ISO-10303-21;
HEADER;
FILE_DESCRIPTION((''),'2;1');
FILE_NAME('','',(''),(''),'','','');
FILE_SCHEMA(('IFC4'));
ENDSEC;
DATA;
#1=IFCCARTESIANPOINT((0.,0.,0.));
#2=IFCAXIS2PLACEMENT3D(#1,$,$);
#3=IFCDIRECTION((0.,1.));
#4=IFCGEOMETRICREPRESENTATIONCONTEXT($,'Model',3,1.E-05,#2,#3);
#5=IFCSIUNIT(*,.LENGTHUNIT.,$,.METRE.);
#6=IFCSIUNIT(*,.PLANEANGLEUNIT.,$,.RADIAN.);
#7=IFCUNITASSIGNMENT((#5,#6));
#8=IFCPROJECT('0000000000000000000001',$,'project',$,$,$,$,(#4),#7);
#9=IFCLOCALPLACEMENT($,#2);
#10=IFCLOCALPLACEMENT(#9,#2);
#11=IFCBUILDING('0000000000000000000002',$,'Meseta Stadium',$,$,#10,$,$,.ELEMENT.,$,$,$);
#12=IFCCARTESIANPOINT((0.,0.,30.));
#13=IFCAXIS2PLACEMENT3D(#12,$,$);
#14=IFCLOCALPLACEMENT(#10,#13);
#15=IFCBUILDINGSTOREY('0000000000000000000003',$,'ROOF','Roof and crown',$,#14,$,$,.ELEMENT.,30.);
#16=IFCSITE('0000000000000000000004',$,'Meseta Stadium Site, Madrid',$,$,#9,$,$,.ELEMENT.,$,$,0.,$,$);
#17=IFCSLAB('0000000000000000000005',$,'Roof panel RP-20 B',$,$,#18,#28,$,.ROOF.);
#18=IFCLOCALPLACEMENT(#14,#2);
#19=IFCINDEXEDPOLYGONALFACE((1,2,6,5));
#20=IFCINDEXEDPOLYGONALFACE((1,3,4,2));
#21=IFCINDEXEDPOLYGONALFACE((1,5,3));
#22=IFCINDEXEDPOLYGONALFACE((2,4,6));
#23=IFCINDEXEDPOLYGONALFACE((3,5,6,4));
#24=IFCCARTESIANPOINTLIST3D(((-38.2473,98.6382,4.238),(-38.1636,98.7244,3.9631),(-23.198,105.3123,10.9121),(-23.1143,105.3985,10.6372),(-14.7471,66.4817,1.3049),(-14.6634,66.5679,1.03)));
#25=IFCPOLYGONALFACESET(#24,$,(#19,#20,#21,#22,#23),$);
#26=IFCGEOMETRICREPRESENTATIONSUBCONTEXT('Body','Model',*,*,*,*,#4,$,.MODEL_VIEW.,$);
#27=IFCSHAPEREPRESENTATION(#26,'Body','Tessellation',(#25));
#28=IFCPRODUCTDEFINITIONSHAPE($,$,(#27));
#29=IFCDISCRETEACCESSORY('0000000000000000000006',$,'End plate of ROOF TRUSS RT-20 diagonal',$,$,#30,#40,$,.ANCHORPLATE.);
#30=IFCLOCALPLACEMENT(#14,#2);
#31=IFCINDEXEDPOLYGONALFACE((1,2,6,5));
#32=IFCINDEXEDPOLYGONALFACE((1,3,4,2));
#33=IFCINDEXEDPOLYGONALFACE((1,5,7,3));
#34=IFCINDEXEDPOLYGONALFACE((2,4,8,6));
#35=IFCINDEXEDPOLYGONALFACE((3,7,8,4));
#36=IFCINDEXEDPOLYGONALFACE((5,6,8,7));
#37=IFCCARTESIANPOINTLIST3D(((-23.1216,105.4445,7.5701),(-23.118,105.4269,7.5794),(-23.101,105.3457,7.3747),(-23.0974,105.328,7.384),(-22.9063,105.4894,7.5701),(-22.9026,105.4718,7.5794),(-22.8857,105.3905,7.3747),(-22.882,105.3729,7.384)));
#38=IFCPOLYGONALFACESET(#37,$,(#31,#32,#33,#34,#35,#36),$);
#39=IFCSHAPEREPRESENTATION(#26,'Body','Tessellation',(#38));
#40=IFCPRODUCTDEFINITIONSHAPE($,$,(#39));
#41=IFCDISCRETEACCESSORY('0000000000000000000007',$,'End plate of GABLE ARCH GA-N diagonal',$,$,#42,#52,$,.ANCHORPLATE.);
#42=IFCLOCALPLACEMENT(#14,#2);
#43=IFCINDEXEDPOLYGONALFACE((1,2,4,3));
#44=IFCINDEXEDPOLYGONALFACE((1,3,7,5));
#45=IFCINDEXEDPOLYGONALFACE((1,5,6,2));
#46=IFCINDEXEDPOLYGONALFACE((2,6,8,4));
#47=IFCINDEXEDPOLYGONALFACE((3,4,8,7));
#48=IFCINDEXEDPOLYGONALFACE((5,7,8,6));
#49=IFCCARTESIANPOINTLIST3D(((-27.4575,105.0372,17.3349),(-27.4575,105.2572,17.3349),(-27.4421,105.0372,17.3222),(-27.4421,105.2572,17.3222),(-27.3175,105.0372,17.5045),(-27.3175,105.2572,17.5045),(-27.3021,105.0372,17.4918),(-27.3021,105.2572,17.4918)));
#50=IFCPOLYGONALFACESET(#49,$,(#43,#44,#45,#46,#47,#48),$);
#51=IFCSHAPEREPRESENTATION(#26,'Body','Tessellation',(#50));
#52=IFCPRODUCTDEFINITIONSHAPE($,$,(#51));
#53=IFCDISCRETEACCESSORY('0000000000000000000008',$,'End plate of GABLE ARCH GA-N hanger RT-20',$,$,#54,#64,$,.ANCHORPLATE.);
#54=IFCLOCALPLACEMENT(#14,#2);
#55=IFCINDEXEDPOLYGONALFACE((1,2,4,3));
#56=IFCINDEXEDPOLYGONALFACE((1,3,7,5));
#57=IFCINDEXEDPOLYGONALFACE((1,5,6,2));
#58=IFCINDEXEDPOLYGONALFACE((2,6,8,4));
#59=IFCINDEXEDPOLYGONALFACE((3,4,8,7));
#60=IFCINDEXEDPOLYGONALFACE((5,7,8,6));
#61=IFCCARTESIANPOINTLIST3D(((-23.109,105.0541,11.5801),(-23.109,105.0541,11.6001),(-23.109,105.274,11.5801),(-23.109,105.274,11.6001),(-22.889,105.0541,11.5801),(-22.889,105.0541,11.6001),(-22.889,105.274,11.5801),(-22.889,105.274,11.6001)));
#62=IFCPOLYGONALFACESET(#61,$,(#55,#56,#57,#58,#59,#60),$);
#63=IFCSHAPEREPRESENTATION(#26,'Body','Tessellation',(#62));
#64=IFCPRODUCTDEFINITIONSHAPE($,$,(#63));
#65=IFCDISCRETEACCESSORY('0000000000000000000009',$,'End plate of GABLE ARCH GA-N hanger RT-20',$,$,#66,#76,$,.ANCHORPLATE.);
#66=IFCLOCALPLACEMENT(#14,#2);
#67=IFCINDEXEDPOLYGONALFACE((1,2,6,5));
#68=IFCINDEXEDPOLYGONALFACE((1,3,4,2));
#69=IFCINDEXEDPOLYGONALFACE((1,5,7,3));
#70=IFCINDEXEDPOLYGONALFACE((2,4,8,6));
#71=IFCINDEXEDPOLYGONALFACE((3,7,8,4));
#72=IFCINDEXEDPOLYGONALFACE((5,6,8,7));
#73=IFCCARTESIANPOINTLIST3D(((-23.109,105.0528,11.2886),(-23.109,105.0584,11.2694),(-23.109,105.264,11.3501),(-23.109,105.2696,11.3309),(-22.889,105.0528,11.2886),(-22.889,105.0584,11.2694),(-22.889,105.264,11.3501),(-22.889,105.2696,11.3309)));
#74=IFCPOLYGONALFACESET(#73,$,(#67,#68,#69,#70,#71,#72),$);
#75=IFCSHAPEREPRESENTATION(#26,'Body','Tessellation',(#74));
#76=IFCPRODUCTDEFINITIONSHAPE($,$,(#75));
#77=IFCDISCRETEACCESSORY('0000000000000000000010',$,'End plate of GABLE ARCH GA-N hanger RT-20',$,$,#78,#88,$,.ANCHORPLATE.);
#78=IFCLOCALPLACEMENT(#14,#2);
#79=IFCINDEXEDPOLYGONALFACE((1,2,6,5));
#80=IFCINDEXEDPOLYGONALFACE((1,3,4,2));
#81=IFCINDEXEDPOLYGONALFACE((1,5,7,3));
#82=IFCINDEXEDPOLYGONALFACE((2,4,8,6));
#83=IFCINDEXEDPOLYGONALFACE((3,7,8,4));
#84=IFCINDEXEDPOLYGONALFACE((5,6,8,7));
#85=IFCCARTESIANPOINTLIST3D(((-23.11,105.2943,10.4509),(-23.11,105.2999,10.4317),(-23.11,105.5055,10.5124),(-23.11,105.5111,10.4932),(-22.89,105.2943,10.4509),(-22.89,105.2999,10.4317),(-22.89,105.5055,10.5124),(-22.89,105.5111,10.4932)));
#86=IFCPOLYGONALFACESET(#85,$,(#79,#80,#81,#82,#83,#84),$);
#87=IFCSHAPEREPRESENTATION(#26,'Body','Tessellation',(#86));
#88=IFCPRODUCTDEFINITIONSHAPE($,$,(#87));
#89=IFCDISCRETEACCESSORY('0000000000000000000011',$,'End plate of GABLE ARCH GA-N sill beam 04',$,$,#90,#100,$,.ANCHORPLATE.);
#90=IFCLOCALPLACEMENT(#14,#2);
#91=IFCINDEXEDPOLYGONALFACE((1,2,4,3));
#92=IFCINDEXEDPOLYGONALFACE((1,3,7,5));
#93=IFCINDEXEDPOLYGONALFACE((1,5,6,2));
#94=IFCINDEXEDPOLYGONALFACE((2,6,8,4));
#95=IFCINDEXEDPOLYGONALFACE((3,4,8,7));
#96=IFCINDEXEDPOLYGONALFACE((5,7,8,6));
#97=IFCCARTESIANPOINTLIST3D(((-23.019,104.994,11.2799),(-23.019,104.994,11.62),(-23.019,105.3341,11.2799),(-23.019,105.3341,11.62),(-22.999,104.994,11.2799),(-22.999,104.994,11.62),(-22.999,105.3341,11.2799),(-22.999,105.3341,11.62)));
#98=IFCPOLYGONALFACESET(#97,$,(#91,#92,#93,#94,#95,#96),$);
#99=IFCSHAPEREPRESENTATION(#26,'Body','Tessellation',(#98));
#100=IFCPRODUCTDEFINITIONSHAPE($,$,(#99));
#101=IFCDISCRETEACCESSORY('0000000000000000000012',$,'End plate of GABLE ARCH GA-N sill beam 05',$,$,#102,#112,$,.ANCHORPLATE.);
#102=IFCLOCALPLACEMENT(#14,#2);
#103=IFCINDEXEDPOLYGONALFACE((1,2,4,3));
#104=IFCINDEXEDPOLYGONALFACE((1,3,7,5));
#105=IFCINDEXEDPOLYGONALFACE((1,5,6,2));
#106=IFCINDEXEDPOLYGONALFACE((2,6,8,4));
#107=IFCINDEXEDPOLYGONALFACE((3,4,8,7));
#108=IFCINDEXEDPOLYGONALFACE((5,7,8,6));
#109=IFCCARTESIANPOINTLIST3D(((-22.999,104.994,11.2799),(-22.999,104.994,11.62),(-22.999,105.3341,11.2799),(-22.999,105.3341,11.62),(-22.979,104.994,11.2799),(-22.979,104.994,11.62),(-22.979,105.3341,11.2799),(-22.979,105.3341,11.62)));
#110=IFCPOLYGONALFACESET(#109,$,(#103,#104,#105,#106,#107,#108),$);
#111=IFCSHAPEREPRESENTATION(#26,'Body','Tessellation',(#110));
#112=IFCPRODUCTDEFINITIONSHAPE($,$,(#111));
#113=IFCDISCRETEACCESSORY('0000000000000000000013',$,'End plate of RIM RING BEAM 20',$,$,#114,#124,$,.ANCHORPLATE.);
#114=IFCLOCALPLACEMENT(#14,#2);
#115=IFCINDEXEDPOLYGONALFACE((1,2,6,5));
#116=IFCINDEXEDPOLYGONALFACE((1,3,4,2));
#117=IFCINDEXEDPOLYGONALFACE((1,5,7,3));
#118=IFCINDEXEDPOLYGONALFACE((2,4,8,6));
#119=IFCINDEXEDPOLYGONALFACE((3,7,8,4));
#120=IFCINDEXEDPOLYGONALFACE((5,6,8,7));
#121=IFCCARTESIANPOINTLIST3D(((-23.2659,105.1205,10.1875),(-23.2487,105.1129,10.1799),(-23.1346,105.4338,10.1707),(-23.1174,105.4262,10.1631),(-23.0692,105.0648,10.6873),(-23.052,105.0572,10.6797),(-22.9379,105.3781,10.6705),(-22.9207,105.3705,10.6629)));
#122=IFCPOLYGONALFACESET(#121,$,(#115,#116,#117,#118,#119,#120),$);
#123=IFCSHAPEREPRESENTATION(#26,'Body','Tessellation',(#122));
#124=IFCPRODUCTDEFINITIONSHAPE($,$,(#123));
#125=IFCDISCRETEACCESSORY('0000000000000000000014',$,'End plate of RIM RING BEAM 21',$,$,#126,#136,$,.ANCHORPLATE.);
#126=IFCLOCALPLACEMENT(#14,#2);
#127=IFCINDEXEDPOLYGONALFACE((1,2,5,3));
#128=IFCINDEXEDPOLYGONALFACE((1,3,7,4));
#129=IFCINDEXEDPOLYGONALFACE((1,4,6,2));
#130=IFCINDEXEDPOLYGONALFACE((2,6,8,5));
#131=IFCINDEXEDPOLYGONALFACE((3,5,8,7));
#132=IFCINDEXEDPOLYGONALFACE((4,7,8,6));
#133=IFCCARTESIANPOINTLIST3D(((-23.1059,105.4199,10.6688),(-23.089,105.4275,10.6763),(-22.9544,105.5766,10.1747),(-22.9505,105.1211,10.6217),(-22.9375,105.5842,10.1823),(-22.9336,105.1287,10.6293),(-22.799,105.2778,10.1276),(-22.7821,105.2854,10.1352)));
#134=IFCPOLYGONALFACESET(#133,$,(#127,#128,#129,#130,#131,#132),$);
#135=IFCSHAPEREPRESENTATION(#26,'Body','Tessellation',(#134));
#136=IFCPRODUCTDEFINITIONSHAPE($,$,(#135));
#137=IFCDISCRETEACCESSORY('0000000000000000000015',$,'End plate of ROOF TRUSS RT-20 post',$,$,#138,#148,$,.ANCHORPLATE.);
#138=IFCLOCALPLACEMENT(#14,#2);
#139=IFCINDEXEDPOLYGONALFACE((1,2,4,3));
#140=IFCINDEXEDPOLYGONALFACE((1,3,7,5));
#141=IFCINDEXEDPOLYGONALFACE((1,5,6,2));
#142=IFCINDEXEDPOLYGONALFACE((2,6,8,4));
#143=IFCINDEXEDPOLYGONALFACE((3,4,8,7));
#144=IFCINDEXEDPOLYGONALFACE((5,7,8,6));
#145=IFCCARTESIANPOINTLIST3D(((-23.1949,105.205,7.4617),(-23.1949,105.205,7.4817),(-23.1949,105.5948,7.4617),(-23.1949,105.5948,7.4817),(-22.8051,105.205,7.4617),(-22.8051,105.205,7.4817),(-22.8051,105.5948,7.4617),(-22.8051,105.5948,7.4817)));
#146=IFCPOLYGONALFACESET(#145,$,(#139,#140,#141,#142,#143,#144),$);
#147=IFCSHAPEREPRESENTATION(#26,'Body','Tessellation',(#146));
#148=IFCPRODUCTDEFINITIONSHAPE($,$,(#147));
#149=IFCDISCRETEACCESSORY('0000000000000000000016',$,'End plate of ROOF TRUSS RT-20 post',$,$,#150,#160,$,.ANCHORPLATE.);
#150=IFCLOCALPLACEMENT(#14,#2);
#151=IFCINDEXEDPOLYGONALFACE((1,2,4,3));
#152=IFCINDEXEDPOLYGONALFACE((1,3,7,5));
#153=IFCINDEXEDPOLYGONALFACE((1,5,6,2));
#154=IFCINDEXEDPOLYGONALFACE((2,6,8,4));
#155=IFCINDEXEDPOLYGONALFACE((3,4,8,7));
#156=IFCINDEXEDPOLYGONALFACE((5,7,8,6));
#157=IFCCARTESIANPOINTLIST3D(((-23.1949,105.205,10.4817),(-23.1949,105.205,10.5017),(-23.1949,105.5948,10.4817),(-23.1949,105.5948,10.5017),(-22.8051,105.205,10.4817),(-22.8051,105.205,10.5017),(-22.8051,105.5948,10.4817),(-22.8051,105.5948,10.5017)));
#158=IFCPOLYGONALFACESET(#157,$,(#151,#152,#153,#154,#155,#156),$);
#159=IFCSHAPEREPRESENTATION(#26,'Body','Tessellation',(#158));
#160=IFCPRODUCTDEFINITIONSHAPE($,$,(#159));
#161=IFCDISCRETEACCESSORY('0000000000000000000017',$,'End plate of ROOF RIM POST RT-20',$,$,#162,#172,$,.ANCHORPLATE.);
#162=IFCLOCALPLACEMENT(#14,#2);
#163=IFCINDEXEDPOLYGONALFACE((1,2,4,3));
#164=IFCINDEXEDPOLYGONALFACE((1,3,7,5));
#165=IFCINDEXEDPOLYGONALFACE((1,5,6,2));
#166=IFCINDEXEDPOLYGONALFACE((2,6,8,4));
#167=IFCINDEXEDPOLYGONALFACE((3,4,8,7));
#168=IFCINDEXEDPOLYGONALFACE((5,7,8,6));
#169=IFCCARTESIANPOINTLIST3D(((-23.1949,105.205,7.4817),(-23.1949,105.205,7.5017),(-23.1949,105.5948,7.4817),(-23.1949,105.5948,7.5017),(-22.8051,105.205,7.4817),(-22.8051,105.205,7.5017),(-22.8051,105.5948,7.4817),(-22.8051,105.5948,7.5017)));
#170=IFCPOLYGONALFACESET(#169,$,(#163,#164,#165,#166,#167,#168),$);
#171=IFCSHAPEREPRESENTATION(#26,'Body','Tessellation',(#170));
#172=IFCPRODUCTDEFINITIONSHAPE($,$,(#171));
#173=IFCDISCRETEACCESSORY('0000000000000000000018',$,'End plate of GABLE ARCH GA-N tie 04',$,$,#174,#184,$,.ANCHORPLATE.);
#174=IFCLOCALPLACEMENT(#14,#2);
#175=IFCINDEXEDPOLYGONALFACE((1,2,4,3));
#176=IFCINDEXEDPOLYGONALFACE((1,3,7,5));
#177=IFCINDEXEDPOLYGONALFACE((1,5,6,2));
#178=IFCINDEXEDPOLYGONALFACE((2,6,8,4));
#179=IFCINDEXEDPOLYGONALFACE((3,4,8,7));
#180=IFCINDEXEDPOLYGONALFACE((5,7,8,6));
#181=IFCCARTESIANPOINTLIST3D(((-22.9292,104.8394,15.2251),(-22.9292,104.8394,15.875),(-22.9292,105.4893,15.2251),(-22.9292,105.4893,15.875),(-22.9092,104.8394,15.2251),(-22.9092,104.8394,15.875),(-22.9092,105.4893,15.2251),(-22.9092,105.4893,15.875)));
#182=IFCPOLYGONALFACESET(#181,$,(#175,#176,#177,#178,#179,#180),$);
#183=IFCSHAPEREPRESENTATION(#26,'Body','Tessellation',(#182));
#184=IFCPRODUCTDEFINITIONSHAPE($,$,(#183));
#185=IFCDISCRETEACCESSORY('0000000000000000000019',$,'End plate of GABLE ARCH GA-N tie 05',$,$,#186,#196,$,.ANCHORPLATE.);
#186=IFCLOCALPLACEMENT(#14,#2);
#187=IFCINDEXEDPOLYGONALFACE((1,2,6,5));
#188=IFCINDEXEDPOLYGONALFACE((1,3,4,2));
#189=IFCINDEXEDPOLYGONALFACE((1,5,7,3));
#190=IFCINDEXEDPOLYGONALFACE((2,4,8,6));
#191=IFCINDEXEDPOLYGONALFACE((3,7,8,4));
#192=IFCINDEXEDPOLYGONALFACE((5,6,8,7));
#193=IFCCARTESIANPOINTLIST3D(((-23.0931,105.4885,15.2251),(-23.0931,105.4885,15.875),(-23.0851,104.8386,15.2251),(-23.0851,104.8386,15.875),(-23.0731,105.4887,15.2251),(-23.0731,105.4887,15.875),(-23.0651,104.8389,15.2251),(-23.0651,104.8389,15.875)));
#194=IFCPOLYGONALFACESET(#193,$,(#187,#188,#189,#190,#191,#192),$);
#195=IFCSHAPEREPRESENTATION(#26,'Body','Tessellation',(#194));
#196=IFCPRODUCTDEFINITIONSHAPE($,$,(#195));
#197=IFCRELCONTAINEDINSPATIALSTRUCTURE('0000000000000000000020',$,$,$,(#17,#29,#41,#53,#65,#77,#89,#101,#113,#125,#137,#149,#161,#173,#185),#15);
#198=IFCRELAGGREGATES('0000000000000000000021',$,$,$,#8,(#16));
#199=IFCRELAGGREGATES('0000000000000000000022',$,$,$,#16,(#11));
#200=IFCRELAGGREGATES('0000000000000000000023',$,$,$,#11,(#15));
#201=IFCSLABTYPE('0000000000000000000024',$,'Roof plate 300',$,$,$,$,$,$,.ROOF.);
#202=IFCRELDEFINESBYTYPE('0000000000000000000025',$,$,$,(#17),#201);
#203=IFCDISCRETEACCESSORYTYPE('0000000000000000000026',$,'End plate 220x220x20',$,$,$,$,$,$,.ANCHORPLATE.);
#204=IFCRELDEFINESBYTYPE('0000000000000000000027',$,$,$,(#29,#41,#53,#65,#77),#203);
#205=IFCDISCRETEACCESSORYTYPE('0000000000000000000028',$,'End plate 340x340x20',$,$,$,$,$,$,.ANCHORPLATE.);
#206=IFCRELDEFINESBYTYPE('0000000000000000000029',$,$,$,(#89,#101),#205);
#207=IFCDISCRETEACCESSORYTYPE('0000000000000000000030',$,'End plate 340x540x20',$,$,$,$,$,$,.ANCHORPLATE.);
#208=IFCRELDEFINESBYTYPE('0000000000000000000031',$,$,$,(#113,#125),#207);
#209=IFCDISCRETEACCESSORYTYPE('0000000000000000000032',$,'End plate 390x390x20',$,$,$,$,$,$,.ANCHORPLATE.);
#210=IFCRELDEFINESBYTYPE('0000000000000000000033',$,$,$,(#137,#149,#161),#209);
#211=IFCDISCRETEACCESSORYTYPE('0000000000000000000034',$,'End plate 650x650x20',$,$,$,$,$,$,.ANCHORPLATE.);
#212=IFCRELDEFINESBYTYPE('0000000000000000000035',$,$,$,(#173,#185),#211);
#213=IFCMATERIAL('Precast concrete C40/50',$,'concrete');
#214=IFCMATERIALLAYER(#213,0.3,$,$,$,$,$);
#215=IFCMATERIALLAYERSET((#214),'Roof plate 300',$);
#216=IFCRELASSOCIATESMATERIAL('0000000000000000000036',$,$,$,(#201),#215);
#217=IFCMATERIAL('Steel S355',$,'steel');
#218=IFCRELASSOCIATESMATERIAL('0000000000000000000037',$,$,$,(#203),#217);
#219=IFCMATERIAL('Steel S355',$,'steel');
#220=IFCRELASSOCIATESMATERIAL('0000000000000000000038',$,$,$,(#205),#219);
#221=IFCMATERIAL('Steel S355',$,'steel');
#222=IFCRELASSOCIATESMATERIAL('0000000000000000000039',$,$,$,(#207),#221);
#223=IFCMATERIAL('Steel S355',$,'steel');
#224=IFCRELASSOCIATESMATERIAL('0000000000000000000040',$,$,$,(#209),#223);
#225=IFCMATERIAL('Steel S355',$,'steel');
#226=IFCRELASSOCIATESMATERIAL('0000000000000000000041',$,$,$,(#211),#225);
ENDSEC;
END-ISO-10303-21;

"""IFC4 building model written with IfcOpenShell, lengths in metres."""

from ifc_helpers import new_model, si_unit, direction, frame, origin, origin_2d, place, context, subcontext, project, spatial, polyline, rectangle, outline, extrude, material, layer, layer_set, material_profile, profile_set, type_object, element, save


model = new_model("IFC4")

# Units and contexts
model_context = context("Model", 3, precision=1e-05, world=origin(), true_north=direction((0.0, 1.0)))
body_context = subcontext(model_context, "Body", "Model", "MODEL_VIEW")
ifc_project = project(units=[si_unit("LENGTHUNIT", "METRE"), si_unit("PLANEANGLEUNIT", "RADIAN")], contexts=[model_context])

# Site, building, storey
site_placement = place(None, origin())
site = spatial("IfcSite", under=ifc_project, at=site_placement, Name="Meseta Stadium Site, Madrid", CompositionType="ELEMENT", RefElevation=0.0)
building_placement = place(site_placement, origin())
building = spatial("IfcBuilding", under=site, at=building_placement, Name="Meseta Stadium", CompositionType="ELEMENT")
storey_placement = place(building_placement, frame((0.0, 0.0, 30.0)))
storey = spatial("IfcBuildingStorey", under=building, at=storey_placement, Name="ROOF", Description="Roof and crown", CompositionType="ELEMENT", Elevation=30.0)

# Slab
ifc_material_1 = material(Name="Precast concrete C40/50", Category="concrete")
ifc_layer = layer(ifc_material_1, 0.3)
ifc_layer_set = layer_set([ifc_layer], Name="Roof plate 300")
slab_type = type_object("IfcSlabType", Name="Roof plate 300", PredefinedType="ROOF", material=ifc_layer_set)
slab_placement = place(storey_placement, frame((-23.198, 105.3123, 10.9121), z_axis=(-0.278904, -0.287405, 0.916303), x_axis=(0.206703, -0.949766, -0.234984)))
element("IfcSlab", 1, at=slab_placement, inside=storey, type_object=slab_type, Name="Roof panel RP-20 B", PredefinedType="ROOF", context=body_context, shape_type="SweptSolid", body=[
    extrude(outline(polyline([(0.0, 0.0), (40.8843, 0.0), (4.7964, -17.1045), (0.0, 0.0)])), origin(), (0.0, 0.0, -1.0), 0.3),
])

# Discrete accessories
ifc_material_2 = material(Name="Steel S355", Category="steel")
ifc_material_profile_1 = material_profile(ifc_material_2, rectangle(XDim=0.22, YDim=0.22, at=origin_2d()), Name="PL 220x220")
ifc_profile_set_1 = profile_set([ifc_material_profile_1], Name="Steel S355")
discrete_accessory_type_1 = type_object("IfcDiscreteAccessoryType", Name="End plate 220x220x20", PredefinedType="ANCHORPLATE", material=ifc_profile_set_1)
discrete_accessory_1_placement = place(storey_placement, frame((-23.0, 105.3999, 7.4817), z_axis=(-0.181197, 0.869745, -0.459032), x_axis=(-0.97898, -0.203954, 0.0)))
element("IfcDiscreteAccessory", 2, at=discrete_accessory_1_placement, inside=storey, type_object=discrete_accessory_type_1, Name="End plate of ROOF TRUSS RT-20 diagonal", PredefinedType="ANCHORPLATE", context=body_context, shape_type="SweptSolid", body=[
    extrude(rectangle(XDim=0.22, YDim=0.22, at=origin_2d()), origin(), (0.0, 0.0, 1.0), 0.0203),
])
for number, where, z_axis, x_axis, name in (
    (3, (-27.3721, 105.1472, 17.407), (-0.771223, 0.0, 0.636565), (0.0, -1.0, 0.0), "End plate of GABLE ARCH GA-N diagonal"),
    (4, (-22.999, 105.1641, 11.6001), (0.0, 0.0, -1.0), (1.0, 0.0, 0.0), "End plate of GABLE ARCH GA-N hanger RT-20"),
    (5, (-22.999, 105.1584, 11.3193), (0.0, 0.279533, -0.960136), (-1.0, 0.0, 0.0), "End plate of GABLE ARCH GA-N hanger RT-20"),
    (6, (-23.0, 105.3999, 10.4817), (0.0, 0.279533, -0.960136), (-1.0, 0.0, 0.0), "End plate of GABLE ARCH GA-N hanger RT-20"),
):
    element("IfcDiscreteAccessory", number, at=place(storey_placement, frame(where, z_axis=z_axis, x_axis=x_axis)), inside=storey, type_object=discrete_accessory_type_1, Name=name, PredefinedType="ANCHORPLATE", context=body_context, shape_type="SweptSolid", body=[
        extrude(rectangle(XDim=0.22, YDim=0.22, at=origin_2d()), origin(), (0.0, 0.0, 1.0), 0.02),
    ])
ifc_material_3 = material(Name="Steel S355", Category="steel")
ifc_material_profile_2 = material_profile(ifc_material_3, rectangle(XDim=0.3401, YDim=0.3401, at=origin_2d()), Name="PL 340x340")
ifc_profile_set_2 = profile_set([ifc_material_profile_2], Name="Steel S355")
discrete_accessory_type_2 = type_object("IfcDiscreteAccessoryType", Name="End plate 340x340x20", PredefinedType="ANCHORPLATE", material=ifc_profile_set_2)
for number, where, z_axis, x_axis, name in (
    (7, (-22.999, 105.1641, 11.45), (-1.0, 0.0, 0.0), (0.0, -1.0, 0.0), "End plate of GABLE ARCH GA-N sill beam 04"),
    (8, (-22.979, 105.1641, 11.45), (-1.0, 0.0, 0.0), (0.0, -1.0, 0.0), "End plate of GABLE ARCH GA-N sill beam 05"),
):
    element("IfcDiscreteAccessory", number, at=place(storey_placement, frame(where, z_axis=z_axis, x_axis=x_axis)), inside=storey, type_object=discrete_accessory_type_2, Name=name, PredefinedType="ANCHORPLATE", context=body_context, shape_type="SweptSolid", body=[
        extrude(rectangle(XDim=0.3401, YDim=0.3401, at=origin_2d()), origin(), (0.0, 0.0, 1.0), 0.02),
    ])
ifc_material_4 = material(Name="Steel S355", Category="steel")
ifc_material_profile_3 = material_profile(ifc_material_4, rectangle(XDim=0.3401, YDim=0.54, at=origin_2d()), Name="PL 340x540")
ifc_profile_set_3 = profile_set([ifc_material_profile_3], Name="Steel S355")
discrete_accessory_type_3 = type_object("IfcDiscreteAccessoryType", Name="End plate 340x540x20", PredefinedType="ANCHORPLATE", material=ifc_profile_set_3)
discrete_accessory_2_placement = place(storey_placement, frame((-23.0847, 105.2417, 10.4214), z_axis=(-0.847505, 0.375324, 0.375324), x_axis=(-0.386067, -0.921148, 0.049383)))
element("IfcDiscreteAccessory", 9, at=discrete_accessory_2_placement, inside=storey, type_object=discrete_accessory_type_3, Name="End plate of RIM RING BEAM 20", PredefinedType="ANCHORPLATE", context=body_context, shape_type="SweptSolid", body=[
    extrude(rectangle(XDim=0.3401, YDim=0.54, at=origin_2d()), origin(), (0.0, 0.0, 1.0), 0.0203),
])
discrete_accessory_3_placement = place(storey_placement, frame((-22.9355, 105.3564, 10.4058), z_axis=(-0.844041, -0.379207, -0.379207), x_axis=(0.456968, -0.878637, -0.138485)))
element("IfcDiscreteAccessory", 10, at=discrete_accessory_3_placement, inside=storey, type_object=discrete_accessory_type_3, Name="End plate of RIM RING BEAM 21", PredefinedType="ANCHORPLATE", context=body_context, shape_type="SweptSolid", body=[
    extrude(rectangle(XDim=0.3401, YDim=0.54, at=origin_2d()), origin(), (0.0, 0.0, 1.0), 0.02),
])
ifc_material_5 = material(Name="Steel S355", Category="steel")
ifc_material_profile_4 = material_profile(ifc_material_5, rectangle(XDim=0.3899, YDim=0.3899, at=origin_2d()), Name="PL 390x390")
ifc_profile_set_4 = profile_set([ifc_material_profile_4], Name="Steel S355")
discrete_accessory_type_4 = type_object("IfcDiscreteAccessoryType", Name="End plate 390x390x20", PredefinedType="ANCHORPLATE", material=ifc_profile_set_4)
for number, where, z_axis, x_axis, name in (
    (11, (-23.0, 105.3999, 7.4617), (0.0, 0.0, 1.0), (1.0, 0.0, 0.0), "End plate of ROOF TRUSS RT-20 post"),
    (12, (-23.0, 105.3999, 10.4817), (0.0, 0.0, 1.0), (1.0, 0.0, 0.0), "End plate of ROOF TRUSS RT-20 post"),
    (13, (-23.0, 105.3999, 7.4817), (0.0, 0.0, 1.0), (1.0, 0.0, 0.0), "End plate of ROOF RIM POST RT-20"),
):
    element("IfcDiscreteAccessory", number, at=place(storey_placement, frame(where, z_axis=z_axis, x_axis=x_axis)), inside=storey, type_object=discrete_accessory_type_4, Name=name, PredefinedType="ANCHORPLATE", context=body_context, shape_type="SweptSolid", body=[
        extrude(rectangle(XDim=0.3899, YDim=0.3899, at=origin_2d()), origin(), (0.0, 0.0, 1.0), 0.02),
    ])
ifc_material_6 = material(Name="Steel S355", Category="steel")
ifc_material_profile_5 = material_profile(ifc_material_6, rectangle(XDim=0.6499, YDim=0.6499, at=origin_2d()), Name="PL 650x650")
ifc_profile_set_5 = profile_set([ifc_material_profile_5], Name="Steel S355")
discrete_accessory_type_5 = type_object("IfcDiscreteAccessoryType", Name="End plate 650x650x20", PredefinedType="ANCHORPLATE", material=ifc_profile_set_5)
for number, where, z_axis, x_axis, name in (
    (14, (-22.9092, 105.1643, 15.55), (-1.0, 0.0, 0.0), (0.0, -1.0, 0.0), "End plate of GABLE ARCH GA-N tie 04"),
    (15, (-23.0691, 105.1638, 15.55), (-0.999926, -0.012194, 0.0), (0.012194, -0.999926, 0.0), "End plate of GABLE ARCH GA-N tie 05"),
):
    element("IfcDiscreteAccessory", number, at=place(storey_placement, frame(where, z_axis=z_axis, x_axis=x_axis)), inside=storey, type_object=discrete_accessory_type_5, Name=name, PredefinedType="ANCHORPLATE", context=body_context, shape_type="SweptSolid", body=[
        extrude(rectangle(XDim=0.6499, YDim=0.6499, at=origin_2d()), origin(), (0.0, 0.0, 1.0), 0.02),
    ])

save(model, "model.ifc")
